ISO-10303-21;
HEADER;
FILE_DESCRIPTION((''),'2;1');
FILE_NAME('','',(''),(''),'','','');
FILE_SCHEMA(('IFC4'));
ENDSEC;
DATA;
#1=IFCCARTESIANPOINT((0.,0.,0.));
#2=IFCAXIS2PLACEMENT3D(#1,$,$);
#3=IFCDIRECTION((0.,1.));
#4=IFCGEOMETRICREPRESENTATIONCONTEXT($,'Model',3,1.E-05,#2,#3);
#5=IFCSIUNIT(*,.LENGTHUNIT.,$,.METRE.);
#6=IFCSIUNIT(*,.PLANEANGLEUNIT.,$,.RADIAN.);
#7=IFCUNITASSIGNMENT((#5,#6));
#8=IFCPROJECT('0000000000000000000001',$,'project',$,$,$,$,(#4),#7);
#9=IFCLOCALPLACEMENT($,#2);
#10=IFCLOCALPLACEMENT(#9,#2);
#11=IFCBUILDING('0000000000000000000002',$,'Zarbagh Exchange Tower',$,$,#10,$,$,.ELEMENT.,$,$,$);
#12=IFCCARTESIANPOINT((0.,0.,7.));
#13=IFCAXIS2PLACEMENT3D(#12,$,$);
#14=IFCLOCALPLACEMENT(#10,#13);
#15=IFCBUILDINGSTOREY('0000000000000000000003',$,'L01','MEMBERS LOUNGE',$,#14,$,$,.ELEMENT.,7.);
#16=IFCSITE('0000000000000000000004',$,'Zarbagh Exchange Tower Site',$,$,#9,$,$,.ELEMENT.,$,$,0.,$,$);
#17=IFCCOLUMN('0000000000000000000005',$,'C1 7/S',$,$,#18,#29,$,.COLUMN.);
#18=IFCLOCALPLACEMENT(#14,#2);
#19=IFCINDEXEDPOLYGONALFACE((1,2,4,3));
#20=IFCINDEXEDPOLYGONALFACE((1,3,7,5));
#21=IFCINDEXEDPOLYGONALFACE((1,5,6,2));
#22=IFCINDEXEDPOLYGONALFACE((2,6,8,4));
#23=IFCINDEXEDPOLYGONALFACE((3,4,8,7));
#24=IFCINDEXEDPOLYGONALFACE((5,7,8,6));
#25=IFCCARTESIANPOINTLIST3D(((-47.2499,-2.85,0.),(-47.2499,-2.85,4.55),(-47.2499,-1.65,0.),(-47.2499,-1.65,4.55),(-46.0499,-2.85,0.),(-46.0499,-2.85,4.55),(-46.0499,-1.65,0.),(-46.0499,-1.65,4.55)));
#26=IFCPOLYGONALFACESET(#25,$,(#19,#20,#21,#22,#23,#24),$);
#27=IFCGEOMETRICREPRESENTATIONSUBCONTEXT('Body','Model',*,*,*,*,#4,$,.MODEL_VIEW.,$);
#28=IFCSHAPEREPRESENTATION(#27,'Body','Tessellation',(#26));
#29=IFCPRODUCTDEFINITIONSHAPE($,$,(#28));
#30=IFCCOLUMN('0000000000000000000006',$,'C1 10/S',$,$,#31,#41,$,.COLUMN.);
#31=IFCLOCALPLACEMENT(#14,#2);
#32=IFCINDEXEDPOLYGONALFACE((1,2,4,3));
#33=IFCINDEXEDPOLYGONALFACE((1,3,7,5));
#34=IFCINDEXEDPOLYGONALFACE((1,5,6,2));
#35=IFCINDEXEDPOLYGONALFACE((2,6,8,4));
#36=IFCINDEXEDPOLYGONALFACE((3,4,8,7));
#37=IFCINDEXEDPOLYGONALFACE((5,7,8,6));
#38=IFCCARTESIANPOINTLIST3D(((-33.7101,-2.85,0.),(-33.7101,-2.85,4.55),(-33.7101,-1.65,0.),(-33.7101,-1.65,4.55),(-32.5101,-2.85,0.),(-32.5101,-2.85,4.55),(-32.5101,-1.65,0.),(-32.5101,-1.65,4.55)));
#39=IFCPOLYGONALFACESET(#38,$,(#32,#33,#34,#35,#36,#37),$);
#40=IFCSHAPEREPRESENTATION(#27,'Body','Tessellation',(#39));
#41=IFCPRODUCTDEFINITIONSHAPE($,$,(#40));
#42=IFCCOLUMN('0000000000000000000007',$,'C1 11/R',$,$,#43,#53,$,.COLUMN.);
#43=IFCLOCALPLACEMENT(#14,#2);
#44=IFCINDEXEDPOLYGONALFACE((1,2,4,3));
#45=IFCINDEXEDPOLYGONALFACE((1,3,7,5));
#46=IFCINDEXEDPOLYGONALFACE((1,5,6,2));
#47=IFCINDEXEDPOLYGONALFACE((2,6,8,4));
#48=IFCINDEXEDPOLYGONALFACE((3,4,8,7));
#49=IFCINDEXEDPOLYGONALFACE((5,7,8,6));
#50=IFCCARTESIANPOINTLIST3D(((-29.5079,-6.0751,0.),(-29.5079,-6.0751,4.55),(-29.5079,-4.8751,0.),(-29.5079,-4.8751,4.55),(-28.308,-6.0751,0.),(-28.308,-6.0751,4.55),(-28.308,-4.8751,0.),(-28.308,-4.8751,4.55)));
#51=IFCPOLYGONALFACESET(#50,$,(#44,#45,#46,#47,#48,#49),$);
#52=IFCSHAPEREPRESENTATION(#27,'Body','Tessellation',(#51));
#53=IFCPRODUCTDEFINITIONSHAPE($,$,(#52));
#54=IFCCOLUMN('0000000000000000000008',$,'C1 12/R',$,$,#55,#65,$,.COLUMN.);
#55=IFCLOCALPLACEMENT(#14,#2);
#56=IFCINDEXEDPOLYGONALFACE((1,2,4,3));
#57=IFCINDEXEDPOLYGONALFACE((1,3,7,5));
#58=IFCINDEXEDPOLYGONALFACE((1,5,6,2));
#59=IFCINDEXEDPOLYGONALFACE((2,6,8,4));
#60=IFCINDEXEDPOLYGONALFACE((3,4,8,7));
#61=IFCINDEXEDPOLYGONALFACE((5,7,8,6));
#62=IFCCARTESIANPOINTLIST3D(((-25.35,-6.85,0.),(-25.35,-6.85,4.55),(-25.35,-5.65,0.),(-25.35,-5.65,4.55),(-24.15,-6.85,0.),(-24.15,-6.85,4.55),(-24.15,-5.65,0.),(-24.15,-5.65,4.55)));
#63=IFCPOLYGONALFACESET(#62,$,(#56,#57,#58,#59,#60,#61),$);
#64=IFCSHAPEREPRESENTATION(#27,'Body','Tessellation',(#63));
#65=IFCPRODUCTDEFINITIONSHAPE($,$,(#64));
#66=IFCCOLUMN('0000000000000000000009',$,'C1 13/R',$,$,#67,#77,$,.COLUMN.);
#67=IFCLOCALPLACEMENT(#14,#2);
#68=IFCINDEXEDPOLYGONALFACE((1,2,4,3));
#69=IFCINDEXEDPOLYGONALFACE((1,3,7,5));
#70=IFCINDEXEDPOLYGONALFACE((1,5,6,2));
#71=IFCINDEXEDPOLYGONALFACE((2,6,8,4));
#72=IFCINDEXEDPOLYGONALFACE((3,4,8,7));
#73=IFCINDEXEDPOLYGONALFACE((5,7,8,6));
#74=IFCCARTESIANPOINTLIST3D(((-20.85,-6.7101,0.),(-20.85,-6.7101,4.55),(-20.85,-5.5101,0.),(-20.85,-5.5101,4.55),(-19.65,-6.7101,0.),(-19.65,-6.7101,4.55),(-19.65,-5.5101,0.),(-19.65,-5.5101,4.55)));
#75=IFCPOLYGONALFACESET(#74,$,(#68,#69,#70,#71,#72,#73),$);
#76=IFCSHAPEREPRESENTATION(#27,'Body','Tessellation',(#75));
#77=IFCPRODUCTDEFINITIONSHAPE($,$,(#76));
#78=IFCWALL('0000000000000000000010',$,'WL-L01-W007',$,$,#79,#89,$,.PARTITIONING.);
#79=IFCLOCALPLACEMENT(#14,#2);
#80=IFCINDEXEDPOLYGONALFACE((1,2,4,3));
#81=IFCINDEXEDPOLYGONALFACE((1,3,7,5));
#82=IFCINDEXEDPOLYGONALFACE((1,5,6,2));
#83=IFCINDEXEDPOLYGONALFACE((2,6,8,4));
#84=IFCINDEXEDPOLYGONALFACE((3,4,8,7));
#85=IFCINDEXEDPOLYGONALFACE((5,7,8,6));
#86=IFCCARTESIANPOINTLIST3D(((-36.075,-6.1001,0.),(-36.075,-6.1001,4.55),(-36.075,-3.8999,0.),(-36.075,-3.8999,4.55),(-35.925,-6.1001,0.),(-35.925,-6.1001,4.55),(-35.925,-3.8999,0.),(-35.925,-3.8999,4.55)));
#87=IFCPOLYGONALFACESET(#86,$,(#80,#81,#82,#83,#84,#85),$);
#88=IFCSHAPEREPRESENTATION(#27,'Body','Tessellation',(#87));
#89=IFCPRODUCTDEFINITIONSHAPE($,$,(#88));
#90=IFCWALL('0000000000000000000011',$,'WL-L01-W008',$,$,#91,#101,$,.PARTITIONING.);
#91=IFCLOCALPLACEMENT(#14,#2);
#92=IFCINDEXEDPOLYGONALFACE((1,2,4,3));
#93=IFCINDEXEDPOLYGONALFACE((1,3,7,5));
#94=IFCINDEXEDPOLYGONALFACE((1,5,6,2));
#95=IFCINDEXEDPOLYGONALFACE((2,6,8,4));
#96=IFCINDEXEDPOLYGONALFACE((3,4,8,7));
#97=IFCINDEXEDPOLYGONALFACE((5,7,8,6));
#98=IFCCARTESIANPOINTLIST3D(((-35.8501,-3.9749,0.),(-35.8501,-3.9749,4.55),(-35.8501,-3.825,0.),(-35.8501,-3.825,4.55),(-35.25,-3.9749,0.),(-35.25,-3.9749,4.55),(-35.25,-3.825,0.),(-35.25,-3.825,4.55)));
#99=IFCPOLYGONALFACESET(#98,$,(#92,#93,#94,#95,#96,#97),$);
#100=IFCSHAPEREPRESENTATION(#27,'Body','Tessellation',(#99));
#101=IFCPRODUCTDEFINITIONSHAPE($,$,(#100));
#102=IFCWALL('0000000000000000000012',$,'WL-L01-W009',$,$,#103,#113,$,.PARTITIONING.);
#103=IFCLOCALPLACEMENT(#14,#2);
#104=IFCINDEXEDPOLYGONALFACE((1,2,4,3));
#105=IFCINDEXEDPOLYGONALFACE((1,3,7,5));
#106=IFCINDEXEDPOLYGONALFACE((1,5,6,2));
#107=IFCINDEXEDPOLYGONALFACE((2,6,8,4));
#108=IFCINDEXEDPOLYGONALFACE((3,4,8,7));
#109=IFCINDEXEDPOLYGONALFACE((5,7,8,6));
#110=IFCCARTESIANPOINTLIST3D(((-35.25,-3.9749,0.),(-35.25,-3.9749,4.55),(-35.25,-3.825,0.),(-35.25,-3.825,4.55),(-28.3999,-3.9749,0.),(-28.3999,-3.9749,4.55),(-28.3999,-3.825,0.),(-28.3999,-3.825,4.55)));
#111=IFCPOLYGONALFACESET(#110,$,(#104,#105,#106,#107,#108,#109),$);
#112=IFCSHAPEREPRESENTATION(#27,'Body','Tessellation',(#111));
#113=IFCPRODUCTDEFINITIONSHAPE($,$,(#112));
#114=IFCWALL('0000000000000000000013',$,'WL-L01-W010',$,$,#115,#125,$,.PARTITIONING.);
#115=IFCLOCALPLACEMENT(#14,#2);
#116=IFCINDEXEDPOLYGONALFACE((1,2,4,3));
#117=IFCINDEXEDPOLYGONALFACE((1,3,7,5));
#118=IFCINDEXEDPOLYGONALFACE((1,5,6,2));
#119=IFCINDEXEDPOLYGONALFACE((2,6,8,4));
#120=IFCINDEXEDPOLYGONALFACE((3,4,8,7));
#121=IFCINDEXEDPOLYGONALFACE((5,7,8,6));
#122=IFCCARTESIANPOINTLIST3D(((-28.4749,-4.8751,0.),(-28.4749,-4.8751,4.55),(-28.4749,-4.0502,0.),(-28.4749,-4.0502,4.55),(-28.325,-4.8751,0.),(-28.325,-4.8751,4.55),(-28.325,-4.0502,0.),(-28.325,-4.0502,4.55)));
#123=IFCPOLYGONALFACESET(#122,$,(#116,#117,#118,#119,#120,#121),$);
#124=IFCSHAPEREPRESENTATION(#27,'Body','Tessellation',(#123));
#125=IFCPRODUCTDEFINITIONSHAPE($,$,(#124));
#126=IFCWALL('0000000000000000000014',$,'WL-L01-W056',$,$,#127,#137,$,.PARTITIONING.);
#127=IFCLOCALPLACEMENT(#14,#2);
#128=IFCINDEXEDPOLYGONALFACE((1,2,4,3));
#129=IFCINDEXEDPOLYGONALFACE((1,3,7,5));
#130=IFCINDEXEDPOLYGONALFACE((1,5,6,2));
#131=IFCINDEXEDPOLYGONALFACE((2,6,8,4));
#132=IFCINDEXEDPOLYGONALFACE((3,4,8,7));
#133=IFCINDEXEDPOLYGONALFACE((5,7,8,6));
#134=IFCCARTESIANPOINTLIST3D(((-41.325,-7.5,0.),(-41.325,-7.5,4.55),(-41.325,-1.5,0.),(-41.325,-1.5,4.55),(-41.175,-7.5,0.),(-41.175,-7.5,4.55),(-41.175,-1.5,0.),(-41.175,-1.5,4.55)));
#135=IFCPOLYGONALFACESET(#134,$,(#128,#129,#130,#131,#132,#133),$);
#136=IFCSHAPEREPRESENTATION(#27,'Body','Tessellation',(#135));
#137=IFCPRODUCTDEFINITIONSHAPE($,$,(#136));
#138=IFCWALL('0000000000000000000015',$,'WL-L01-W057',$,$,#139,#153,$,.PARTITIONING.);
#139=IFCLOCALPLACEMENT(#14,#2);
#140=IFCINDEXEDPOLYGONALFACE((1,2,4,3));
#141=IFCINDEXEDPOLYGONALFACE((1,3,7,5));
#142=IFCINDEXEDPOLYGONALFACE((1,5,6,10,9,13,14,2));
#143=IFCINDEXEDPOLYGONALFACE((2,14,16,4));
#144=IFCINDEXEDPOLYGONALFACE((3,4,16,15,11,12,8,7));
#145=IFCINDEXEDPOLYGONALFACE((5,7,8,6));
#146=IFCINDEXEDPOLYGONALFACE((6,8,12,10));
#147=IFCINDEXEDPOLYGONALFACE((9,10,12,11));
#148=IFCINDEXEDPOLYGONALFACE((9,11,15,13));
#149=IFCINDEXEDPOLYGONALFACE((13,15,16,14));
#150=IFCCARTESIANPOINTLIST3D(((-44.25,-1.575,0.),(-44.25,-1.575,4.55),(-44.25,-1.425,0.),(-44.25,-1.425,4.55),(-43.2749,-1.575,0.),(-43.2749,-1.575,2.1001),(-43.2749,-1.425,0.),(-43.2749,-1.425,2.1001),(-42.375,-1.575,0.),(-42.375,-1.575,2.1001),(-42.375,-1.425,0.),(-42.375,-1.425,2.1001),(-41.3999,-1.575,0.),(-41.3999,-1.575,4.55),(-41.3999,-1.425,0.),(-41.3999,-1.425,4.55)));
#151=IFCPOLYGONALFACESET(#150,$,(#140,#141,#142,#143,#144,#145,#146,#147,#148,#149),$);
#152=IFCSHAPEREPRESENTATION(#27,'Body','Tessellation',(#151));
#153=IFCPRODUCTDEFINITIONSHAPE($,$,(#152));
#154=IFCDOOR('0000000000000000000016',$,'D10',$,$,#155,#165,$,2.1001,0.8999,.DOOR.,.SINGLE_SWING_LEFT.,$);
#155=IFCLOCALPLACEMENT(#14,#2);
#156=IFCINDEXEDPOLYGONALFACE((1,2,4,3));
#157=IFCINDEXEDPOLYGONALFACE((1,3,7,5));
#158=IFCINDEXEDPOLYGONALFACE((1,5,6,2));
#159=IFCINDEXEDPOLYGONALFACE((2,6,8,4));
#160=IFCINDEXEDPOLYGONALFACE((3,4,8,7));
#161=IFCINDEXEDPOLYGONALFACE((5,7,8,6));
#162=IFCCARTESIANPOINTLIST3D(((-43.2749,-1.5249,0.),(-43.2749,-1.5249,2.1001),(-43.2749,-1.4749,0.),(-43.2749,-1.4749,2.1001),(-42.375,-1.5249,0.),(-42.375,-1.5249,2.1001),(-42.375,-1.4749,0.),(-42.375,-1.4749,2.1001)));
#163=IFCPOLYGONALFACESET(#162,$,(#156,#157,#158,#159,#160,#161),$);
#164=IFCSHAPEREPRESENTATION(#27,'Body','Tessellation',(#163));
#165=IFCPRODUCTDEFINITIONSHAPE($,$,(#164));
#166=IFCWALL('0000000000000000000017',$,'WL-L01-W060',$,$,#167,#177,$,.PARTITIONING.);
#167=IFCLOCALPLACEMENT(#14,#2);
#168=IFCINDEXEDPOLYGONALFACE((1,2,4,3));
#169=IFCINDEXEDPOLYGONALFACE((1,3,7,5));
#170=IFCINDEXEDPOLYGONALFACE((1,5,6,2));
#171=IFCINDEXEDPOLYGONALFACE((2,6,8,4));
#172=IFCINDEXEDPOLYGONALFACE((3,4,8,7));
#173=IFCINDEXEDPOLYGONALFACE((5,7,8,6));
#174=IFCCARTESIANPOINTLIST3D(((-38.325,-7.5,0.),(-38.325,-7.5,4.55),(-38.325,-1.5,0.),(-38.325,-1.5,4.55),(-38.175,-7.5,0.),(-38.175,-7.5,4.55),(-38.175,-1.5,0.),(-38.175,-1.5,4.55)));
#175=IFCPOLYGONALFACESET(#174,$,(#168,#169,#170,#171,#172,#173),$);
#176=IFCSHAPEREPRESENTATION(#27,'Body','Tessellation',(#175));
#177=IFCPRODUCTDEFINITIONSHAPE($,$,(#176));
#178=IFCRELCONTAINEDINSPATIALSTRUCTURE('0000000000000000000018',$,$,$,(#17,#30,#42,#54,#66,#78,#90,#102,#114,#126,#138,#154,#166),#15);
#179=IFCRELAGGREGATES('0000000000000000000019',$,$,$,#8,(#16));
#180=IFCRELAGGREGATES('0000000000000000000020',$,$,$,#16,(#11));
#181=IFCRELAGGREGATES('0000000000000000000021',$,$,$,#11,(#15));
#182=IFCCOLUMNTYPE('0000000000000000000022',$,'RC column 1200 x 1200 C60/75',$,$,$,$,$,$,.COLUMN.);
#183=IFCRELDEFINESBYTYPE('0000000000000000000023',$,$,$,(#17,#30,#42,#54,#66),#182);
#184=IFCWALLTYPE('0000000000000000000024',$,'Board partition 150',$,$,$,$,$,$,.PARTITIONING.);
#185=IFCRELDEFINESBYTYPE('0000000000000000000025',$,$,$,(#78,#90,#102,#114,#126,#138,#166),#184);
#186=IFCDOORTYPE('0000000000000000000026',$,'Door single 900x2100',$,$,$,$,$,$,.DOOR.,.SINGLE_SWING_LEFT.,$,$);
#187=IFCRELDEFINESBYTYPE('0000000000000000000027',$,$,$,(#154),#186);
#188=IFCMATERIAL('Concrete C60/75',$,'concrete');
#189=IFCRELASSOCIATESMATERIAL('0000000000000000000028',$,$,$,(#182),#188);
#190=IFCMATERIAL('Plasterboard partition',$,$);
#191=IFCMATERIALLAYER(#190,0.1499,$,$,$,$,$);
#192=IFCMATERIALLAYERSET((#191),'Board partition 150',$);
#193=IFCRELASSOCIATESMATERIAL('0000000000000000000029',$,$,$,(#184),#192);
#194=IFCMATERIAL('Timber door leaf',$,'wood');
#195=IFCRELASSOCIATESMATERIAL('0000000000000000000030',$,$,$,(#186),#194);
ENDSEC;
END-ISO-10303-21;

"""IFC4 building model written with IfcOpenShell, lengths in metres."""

from ifc_helpers import new_model, si_unit, direction, frame, frame_2d, origin, origin_2d, place, context, subcontext, project, spatial, rectangle, extrude, material, layer, layer_set, material_profile, profile_set, type_object, element, fill, save


model = new_model("IFC4")

# Units and contexts
model_context = context("Model", 3, precision=1e-05, world=origin(), true_north=direction((0.0, 1.0)))
body_context = subcontext(model_context, "Body", "Model", "MODEL_VIEW")
ifc_project = project(units=[si_unit("LENGTHUNIT", "METRE"), si_unit("PLANEANGLEUNIT", "RADIAN")], contexts=[model_context])

# Site, building, storey
site_placement = place(None, origin())
site = spatial("IfcSite", under=ifc_project, at=site_placement, Name="Zarbagh Exchange Tower Site", CompositionType="ELEMENT", RefElevation=0.0)
building_placement = place(site_placement, origin())
building = spatial("IfcBuilding", under=site, at=building_placement, Name="Zarbagh Exchange Tower", CompositionType="ELEMENT")
storey_placement = place(building_placement, frame((0.0, 0.0, 7.0)))
storey = spatial("IfcBuildingStorey", under=building, at=storey_placement, Name="L01", Description="MEMBERS LOUNGE", CompositionType="ELEMENT", Elevation=7.0)

# Columns
ifc_material_1 = material(Name="Concrete C60/75", Category="concrete")
ifc_material_profile = material_profile(ifc_material_1, rectangle(XDim=1.2, YDim=1.2, at=origin_2d()), Name="RC column 1200 x 1200 C60/75")
ifc_profile_set = profile_set([ifc_material_profile], Name="Concrete C60/75")
column_type = type_object("IfcColumnType", Name="RC column 1200 x 1200 C60/75", PredefinedType="COLUMN", material=ifc_profile_set)
for number, where, z_axis, x_axis, name in (
    (1, (-46.6499, -2.25, 0.0), (0.0, 0.0, 1.0), (1.0, 0.0, 0.0), "C1 7/S"),
    (2, (-33.1101, -2.25, 0.0), (0.0, 0.0, 1.0), (1.0, 0.0, 0.0), "C1 10/S"),
    (3, (-28.908, -5.4751, 0.0), (0.0, 0.0, 1.0), (1.0, 0.0, 0.0), "C1 11/R"),
    (4, (-24.75, -6.25, 0.0), (0.0, 0.0, 1.0), (1.0, 0.0, 0.0), "C1 12/R"),
    (5, (-20.25, -6.1101, 0.0), (0.0, 0.0, 1.0), (1.0, 0.0, 0.0), "C1 13/R"),
):
    element("IfcColumn", number, at=place(storey_placement, frame(where, z_axis=z_axis, x_axis=x_axis)), inside=storey, type_object=column_type, Name=name, PredefinedType="COLUMN", context=body_context, shape_type="SweptSolid", body=[
        extrude(rectangle(XDim=1.2, YDim=1.2, at=origin_2d()), origin(), (0.0, 0.0, 1.0), 4.55),
    ])

# Walls
ifc_material_2 = material(Name="Plasterboard partition")
ifc_layer_1 = layer(ifc_material_2, 0.1499)
ifc_layer_set_1 = layer_set([ifc_layer_1], Name="Board partition 150")
wall_type_1 = type_object("IfcWallType", Name="Board partition 150", PredefinedType="PARTITIONING", material=ifc_layer_set_1)
wall_1_placement = place(storey_placement, frame((-36.0, -6.1001, 0.0), z_axis=(0.0, 0.0, 1.0), x_axis=(0.0, 1.0, 0.0)))
element("IfcWall", 6, at=wall_1_placement, inside=storey, type_object=wall_type_1, Name="WL-L01-W007", PredefinedType="PARTITIONING", context=body_context, shape_type="SweptSolid", body=[
    extrude(rectangle(XDim=2.2002, YDim=0.1499, at=frame_2d((1.1001, 0.0))), origin(), (0.0, 0.0, 1.0), 4.55),
])
wall_2_placement = place(storey_placement, frame((-35.8501, -3.8999, 0.0), z_axis=(0.0, 0.0, 1.0), x_axis=(1.0, 0.0, 0.0)))
element("IfcWall", 7, at=wall_2_placement, inside=storey, type_object=wall_type_1, Name="WL-L01-W008", PredefinedType="PARTITIONING", context=body_context, shape_type="SweptSolid", body=[
    extrude(rectangle(XDim=0.6001, YDim=0.1499, at=frame_2d((0.3, 0.0))), origin(), (0.0, 0.0, 1.0), 4.55),
])
wall_3_placement = place(storey_placement, frame((-35.25, -3.8999, 0.0), z_axis=(0.0, 0.0, 1.0), x_axis=(1.0, 0.0, 0.0)))
element("IfcWall", 8, at=wall_3_placement, inside=storey, type_object=wall_type_1, Name="WL-L01-W009", PredefinedType="PARTITIONING", context=body_context, shape_type="SweptSolid", body=[
    extrude(rectangle(XDim=6.8501, YDim=0.1499, at=frame_2d((3.425, 0.0))), origin(), (0.0, 0.0, 1.0), 4.55),
])
wall_4_placement = place(storey_placement, frame((-28.3999, -4.05, 0.0), z_axis=(0.0, 0.0, 1.0), x_axis=(0.0, -1.0, 0.0)))
element("IfcWall", 9, at=wall_4_placement, inside=storey, type_object=wall_type_1, Name="WL-L01-W010", PredefinedType="PARTITIONING", context=body_context, shape_type="SweptSolid", body=[
    extrude(rectangle(XDim=0.825, YDim=0.1499, at=frame_2d((0.4126, 0.0))), origin(), (0.0, 0.0, 1.0), 4.55),
])
wall_5_placement = place(storey_placement, frame((-41.25, -1.5, 0.0), z_axis=(0.0, 0.0, 1.0), x_axis=(0.0, -1.0, 0.0)))
element("IfcWall", 10, at=wall_5_placement, inside=storey, type_object=wall_type_1, Name="WL-L01-W056", PredefinedType="PARTITIONING", context=body_context, shape_type="SweptSolid", body=[
    extrude(rectangle(XDim=6.0, YDim=0.1499, at=frame_2d((3.0, 0.0))), origin(), (0.0, 0.0, 1.0), 4.55),
])

# Wall, opening, door
wall_6_placement = place(storey_placement, frame((-41.3999, -1.5, 0.0), z_axis=(0.0, 0.0, 1.0), x_axis=(-1.0, 0.0, 0.0)))
wall_6 = element("IfcWall", 11, at=wall_6_placement, inside=storey, type_object=wall_type_1, Name="WL-L01-W057", PredefinedType="PARTITIONING", context=body_context, shape_type="SweptSolid", body=[
    extrude(rectangle(XDim=2.8501, YDim=0.1499, at=frame_2d((1.425, 0.0))), origin(), (0.0, 0.0, 1.0), 4.55),
])
opening_1_placement = place(wall_6_placement, frame((0.9751, 0.0, 0.0)))
opening_1 = element("IfcOpeningElement", 12, at=opening_1_placement, cuts=wall_6, PredefinedType="OPENING", context=body_context, shape_type="SweptSolid", body=[
    extrude(rectangle(XDim=0.8999, YDim=2.1001, at=frame_2d((0.45, 1.05))), frame((0.0, 0.085, 0.0), z_axis=(0.0, -1.0, 0.0), x_axis=(1.0, 0.0, 0.0)), (0.0, 0.0, 1.0), 0.1699),
])
ifc_material_3 = material(Name="Timber door leaf", Category="wood")
door_type_1 = type_object("IfcDoorType", Name="Door single 900x2100", OperationType="SINGLE_SWING_LEFT", PredefinedType="DOOR", material=ifc_material_3)
door_1_placement = place(opening_1_placement, origin())
door_1 = element("IfcDoor", 13, at=door_1_placement, inside=storey, type_object=door_type_1, Name="D10", OperationType="SINGLE_SWING_LEFT", OverallHeight=2.1001, OverallWidth=0.8999, PredefinedType="DOOR", context=body_context, shape_type="SweptSolid", body=[
    extrude(rectangle(XDim=0.8999, YDim=2.1001, at=frame_2d((0.45, 1.05))), frame((0.0, 0.0249, 0.0), z_axis=(0.0, -1.0, 0.0), x_axis=(1.0, 0.0, 0.0)), (0.0, 0.0, 1.0), 0.05),
])
fill(opening_1, door_1)

# Wall
wall_7_placement = place(storey_placement, frame((-38.25, -1.5, 0.0), z_axis=(0.0, 0.0, 1.0), x_axis=(0.0, -1.0, 0.0)))
element("IfcWall", 14, at=wall_7_placement, inside=storey, type_object=wall_type_1, Name="WL-L01-W060", PredefinedType="PARTITIONING", context=body_context, shape_type="SweptSolid", body=[
    extrude(rectangle(XDim=6.0, YDim=0.1499, at=frame_2d((3.0, 0.0))), origin(), (0.0, 0.0, 1.0), 4.55),
])

save(model, "model.ifc")
